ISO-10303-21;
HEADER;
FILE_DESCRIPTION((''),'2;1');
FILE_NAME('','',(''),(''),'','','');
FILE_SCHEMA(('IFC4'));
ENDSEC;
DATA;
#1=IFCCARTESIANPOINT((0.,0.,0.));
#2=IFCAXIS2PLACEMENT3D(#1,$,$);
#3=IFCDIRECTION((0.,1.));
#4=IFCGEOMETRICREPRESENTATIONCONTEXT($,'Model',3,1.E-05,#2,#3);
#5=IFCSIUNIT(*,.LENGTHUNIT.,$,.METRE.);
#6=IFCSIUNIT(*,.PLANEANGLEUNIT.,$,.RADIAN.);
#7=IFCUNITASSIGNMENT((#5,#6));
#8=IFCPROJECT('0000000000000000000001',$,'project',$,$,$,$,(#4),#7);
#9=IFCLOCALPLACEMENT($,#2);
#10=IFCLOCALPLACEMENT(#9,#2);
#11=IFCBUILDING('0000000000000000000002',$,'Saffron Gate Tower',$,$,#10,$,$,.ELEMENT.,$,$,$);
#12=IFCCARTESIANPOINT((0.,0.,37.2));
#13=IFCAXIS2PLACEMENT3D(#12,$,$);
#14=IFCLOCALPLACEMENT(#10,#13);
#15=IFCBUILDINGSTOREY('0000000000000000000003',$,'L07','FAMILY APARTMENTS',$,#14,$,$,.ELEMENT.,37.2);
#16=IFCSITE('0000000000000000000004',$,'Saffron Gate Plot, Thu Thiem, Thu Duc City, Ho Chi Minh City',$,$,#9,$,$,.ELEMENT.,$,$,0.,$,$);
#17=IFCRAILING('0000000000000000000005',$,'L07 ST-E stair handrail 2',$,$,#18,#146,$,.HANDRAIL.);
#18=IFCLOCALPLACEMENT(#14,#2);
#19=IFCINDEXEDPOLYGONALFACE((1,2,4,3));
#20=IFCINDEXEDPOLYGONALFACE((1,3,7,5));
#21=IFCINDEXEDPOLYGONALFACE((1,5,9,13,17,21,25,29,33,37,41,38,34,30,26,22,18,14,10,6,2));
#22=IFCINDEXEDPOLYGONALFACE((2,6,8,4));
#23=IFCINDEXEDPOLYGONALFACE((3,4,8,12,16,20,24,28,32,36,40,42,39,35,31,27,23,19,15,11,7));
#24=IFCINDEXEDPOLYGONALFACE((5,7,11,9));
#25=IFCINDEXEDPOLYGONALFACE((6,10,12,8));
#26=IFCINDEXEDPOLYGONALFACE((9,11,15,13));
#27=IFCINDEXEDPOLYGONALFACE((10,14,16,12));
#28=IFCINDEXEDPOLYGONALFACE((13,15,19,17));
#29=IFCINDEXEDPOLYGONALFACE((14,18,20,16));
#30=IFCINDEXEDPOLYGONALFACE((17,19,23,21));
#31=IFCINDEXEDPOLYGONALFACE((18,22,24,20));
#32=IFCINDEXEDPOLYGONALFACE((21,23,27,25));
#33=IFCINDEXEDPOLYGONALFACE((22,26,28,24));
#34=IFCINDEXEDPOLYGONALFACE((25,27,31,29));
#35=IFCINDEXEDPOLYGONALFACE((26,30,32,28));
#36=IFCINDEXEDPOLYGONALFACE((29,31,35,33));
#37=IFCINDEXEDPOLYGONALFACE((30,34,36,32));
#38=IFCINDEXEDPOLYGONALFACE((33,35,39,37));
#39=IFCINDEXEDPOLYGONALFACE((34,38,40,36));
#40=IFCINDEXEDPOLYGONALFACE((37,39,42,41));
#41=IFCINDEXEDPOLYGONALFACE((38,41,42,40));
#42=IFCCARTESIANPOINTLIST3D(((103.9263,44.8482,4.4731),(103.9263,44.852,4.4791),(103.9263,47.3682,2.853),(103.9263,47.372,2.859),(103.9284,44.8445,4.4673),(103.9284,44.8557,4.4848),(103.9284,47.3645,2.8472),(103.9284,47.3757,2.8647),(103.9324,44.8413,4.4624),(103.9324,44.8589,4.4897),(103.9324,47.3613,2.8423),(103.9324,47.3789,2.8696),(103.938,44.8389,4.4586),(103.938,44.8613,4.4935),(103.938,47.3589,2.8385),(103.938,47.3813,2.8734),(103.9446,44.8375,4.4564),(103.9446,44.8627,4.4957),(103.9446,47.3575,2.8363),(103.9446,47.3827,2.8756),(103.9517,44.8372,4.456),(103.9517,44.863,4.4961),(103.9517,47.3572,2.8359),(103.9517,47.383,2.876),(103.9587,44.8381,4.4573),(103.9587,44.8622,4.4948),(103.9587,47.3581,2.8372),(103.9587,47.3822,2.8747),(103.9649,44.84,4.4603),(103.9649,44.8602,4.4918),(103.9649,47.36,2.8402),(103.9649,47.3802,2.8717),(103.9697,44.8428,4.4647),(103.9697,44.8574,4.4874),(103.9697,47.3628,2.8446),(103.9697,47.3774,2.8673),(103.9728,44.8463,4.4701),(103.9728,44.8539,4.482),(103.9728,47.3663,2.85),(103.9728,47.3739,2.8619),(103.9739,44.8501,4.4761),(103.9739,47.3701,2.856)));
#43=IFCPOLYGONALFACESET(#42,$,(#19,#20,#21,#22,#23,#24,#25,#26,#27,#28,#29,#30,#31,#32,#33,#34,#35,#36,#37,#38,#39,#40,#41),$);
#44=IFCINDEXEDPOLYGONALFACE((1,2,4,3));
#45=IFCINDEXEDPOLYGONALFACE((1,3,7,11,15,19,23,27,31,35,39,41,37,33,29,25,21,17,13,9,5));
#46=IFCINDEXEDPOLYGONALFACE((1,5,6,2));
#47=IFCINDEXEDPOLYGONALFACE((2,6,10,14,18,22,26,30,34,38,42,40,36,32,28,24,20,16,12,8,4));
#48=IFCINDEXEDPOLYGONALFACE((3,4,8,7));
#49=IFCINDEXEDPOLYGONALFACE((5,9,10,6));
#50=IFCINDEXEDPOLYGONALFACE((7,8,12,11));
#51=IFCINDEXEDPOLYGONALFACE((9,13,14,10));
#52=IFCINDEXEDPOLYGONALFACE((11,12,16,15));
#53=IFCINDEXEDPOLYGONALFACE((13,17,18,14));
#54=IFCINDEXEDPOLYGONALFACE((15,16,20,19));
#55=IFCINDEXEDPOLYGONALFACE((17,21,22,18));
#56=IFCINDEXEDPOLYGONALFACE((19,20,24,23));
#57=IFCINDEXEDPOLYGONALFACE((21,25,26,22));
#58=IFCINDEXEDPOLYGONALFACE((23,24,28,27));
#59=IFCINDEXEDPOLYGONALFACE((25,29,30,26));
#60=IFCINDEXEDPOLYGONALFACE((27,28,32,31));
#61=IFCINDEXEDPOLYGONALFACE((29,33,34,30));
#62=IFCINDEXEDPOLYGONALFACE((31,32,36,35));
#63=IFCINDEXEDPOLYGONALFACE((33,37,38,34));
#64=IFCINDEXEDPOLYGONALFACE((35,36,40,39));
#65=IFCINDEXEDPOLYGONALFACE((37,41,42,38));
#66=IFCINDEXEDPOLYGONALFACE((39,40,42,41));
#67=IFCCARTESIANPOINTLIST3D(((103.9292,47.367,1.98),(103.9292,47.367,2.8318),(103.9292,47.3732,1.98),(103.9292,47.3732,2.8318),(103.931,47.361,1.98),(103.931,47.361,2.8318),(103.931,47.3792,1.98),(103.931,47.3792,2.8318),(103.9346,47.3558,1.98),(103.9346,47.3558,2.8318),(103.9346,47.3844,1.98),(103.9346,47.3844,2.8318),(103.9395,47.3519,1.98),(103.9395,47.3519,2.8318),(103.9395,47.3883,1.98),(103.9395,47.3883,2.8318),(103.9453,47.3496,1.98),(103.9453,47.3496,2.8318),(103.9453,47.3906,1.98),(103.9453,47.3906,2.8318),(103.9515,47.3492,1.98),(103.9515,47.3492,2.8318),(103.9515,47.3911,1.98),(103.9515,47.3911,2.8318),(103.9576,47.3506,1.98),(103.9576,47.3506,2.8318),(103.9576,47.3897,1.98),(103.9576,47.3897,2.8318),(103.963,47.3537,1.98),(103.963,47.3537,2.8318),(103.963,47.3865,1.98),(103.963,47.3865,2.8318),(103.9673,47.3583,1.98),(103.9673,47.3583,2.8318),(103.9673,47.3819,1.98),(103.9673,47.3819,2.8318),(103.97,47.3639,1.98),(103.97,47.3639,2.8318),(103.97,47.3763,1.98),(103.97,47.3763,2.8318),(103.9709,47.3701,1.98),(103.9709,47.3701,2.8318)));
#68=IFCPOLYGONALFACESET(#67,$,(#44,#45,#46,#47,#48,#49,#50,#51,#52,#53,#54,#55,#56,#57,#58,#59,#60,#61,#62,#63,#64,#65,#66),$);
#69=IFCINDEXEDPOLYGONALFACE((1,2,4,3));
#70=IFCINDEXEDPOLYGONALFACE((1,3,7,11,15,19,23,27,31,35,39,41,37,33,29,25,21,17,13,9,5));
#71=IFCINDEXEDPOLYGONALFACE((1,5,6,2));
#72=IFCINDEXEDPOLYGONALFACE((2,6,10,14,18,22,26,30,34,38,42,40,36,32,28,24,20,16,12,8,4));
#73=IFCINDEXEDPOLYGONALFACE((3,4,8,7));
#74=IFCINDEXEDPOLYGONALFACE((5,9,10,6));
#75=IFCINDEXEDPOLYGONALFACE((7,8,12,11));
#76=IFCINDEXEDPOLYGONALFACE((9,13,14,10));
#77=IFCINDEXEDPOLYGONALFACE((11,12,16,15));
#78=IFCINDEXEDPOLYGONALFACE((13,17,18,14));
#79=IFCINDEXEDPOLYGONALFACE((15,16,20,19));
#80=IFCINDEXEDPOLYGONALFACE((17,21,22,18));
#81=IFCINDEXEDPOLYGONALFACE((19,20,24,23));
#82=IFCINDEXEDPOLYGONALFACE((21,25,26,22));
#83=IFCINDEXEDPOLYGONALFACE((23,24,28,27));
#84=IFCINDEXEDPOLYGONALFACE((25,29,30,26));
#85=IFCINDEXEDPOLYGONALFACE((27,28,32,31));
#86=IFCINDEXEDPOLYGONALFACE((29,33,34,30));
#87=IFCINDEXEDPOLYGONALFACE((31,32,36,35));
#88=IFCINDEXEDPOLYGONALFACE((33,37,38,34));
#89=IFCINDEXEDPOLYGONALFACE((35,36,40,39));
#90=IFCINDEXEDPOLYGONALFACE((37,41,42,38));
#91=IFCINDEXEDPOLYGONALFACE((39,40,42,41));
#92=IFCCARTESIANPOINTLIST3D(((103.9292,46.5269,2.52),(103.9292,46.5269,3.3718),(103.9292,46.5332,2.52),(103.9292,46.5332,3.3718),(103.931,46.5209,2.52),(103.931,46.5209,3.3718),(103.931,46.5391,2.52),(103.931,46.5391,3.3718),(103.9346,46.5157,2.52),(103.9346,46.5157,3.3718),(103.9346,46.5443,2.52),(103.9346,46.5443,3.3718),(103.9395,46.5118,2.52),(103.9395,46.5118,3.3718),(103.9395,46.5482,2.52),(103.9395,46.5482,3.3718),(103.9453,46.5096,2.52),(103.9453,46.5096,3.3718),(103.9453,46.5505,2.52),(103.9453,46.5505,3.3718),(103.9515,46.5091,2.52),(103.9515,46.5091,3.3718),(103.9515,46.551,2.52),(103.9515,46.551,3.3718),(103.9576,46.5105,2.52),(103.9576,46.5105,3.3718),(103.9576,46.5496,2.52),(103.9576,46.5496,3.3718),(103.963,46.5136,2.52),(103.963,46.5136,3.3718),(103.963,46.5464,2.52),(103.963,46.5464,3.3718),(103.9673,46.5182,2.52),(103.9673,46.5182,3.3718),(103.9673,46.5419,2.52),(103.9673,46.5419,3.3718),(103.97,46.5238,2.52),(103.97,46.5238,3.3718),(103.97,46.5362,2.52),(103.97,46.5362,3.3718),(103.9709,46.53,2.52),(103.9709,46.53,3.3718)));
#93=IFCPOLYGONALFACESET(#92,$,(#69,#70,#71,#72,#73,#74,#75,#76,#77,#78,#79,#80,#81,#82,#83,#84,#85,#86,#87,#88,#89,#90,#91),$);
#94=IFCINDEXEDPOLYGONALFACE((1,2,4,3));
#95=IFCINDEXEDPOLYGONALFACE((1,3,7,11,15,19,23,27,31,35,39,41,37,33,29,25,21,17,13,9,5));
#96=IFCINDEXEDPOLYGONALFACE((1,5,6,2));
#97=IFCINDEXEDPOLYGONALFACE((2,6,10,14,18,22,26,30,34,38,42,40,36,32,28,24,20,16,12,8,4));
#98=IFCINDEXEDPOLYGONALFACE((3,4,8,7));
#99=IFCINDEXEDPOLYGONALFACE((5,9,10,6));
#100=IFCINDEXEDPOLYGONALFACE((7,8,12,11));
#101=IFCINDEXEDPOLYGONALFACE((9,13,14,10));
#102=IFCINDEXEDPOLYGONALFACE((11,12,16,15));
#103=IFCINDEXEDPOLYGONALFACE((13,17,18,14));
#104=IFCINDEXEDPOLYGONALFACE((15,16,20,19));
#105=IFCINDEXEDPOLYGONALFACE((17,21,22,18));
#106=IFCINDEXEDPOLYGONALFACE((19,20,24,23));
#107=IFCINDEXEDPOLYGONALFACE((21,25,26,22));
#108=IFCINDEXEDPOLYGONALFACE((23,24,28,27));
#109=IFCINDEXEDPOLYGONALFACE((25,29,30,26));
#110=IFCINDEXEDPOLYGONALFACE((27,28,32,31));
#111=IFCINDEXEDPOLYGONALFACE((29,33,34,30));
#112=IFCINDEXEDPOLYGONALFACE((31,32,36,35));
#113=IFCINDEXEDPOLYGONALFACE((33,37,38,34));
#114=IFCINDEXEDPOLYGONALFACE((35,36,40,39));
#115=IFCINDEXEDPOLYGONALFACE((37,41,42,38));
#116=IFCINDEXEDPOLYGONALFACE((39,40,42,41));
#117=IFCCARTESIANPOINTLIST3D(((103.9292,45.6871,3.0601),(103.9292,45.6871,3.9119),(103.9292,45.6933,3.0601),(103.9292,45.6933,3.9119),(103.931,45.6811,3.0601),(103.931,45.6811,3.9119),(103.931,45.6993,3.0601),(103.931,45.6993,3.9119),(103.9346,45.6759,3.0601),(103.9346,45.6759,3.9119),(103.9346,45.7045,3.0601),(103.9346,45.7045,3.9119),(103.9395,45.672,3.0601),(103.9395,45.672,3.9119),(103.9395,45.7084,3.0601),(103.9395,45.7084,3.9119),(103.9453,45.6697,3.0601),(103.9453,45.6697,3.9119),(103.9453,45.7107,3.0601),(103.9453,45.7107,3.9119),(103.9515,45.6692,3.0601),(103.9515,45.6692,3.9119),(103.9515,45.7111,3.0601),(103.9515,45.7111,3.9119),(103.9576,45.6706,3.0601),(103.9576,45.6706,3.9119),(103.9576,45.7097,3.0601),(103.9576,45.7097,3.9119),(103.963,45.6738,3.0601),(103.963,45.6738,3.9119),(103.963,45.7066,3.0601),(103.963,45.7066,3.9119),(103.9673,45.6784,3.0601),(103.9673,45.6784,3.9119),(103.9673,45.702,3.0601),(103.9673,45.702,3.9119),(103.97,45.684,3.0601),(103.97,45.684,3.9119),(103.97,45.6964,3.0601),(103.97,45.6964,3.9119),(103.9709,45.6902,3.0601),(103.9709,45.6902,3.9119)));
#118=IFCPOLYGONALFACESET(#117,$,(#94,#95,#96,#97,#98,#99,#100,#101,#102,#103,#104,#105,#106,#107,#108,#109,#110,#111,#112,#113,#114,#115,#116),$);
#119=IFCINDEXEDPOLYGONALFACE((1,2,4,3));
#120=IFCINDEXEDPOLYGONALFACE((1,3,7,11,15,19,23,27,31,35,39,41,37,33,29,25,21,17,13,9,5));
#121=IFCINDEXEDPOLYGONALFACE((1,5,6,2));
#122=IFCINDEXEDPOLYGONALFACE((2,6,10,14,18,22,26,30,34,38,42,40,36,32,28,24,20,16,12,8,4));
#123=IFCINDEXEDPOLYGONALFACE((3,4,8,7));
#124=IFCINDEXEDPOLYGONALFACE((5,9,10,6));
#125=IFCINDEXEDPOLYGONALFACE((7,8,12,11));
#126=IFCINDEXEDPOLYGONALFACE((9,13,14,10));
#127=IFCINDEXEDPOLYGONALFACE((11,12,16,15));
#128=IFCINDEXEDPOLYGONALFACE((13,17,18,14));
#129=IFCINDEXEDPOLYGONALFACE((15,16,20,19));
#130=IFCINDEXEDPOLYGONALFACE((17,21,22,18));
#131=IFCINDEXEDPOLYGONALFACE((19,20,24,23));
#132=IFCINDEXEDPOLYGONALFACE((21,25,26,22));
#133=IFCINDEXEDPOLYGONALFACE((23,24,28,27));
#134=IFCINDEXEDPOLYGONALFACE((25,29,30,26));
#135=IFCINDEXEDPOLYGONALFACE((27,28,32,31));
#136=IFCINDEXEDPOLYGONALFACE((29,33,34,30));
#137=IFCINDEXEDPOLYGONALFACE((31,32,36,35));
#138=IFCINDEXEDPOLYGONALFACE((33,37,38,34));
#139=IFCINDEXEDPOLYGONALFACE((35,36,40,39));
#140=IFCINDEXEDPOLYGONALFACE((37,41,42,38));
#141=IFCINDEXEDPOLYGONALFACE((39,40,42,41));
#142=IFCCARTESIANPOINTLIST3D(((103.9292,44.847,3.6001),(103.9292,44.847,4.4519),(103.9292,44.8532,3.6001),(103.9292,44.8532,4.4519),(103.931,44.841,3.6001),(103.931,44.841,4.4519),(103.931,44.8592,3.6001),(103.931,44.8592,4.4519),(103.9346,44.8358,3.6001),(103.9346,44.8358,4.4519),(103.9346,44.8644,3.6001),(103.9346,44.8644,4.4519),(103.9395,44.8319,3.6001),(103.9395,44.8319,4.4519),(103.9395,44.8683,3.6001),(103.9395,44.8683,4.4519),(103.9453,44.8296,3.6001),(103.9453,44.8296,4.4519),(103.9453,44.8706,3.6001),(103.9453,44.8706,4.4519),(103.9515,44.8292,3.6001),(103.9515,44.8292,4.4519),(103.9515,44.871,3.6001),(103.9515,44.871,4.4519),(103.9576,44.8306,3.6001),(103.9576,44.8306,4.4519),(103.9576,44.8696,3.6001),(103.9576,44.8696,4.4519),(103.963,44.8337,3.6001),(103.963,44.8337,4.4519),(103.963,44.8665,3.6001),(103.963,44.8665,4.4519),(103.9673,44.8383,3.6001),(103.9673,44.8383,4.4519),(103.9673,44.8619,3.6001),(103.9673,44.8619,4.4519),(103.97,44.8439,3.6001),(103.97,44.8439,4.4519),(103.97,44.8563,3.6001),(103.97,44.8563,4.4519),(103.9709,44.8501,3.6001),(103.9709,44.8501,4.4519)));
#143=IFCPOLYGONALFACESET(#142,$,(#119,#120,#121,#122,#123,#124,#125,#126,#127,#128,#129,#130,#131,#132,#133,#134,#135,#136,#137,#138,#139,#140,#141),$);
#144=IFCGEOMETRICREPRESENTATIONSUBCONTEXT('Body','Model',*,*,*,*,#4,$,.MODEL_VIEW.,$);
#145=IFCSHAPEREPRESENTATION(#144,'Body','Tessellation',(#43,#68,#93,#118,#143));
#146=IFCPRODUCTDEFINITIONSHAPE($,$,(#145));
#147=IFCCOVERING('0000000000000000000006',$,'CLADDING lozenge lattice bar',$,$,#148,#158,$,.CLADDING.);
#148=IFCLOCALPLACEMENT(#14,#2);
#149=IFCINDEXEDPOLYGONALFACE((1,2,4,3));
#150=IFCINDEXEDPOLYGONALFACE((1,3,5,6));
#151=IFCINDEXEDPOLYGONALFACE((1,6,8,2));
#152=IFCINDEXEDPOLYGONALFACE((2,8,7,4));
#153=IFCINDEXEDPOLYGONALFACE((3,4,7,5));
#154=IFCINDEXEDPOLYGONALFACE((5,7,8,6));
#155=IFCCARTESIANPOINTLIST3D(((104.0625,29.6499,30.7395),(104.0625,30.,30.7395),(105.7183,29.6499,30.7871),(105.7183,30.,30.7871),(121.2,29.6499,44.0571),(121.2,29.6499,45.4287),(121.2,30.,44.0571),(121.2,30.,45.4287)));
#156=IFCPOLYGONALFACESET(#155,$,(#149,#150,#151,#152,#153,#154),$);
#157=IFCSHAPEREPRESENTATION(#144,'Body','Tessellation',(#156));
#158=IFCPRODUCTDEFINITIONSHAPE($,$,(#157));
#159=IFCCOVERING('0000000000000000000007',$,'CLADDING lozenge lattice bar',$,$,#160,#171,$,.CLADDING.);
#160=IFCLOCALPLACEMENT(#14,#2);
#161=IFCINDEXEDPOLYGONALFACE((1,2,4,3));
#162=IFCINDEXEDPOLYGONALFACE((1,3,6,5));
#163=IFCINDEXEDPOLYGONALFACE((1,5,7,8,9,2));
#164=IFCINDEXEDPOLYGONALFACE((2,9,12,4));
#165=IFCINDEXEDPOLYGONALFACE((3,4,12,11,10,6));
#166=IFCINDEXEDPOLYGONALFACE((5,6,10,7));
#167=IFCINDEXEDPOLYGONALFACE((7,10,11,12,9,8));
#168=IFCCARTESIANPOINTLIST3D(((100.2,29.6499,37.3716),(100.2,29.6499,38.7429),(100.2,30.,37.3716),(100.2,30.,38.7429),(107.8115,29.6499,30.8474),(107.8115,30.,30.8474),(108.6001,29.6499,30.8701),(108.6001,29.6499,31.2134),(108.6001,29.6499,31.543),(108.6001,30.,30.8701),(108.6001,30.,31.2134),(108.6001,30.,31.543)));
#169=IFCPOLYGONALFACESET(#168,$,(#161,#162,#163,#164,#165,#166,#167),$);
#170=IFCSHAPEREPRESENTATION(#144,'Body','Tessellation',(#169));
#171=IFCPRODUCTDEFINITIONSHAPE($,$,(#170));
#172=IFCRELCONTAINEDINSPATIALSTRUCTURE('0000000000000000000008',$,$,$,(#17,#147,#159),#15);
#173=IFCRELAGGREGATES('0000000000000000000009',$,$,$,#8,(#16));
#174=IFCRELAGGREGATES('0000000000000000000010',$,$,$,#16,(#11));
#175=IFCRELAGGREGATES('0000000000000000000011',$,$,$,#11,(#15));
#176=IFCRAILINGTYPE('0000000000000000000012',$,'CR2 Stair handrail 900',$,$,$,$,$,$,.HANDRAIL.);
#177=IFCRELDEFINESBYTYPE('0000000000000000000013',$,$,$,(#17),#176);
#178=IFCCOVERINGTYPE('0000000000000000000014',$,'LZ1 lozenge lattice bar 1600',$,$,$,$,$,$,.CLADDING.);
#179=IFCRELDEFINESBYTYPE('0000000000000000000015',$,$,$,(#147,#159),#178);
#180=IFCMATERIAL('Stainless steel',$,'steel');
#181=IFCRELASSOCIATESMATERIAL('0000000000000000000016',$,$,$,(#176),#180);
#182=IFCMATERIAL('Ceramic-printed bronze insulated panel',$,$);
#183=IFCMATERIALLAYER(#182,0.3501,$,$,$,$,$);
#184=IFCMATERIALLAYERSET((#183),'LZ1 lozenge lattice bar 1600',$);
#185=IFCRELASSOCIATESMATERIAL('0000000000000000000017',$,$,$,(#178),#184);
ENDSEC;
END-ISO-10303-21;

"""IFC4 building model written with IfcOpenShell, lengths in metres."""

from ifc_helpers import new_model, si_unit, direction, frame, origin, origin_2d, place, context, subcontext, project, spatial, polyline, circle, outline, extrude, material, layer, layer_set, type_object, element, save


model = new_model("IFC4")

# Units and contexts
model_context = context("Model", 3, precision=1e-05, world=origin(), true_north=direction((0.0, 1.0)))
body_context = subcontext(model_context, "Body", "Model", "MODEL_VIEW")
ifc_project = project(units=[si_unit("LENGTHUNIT", "METRE"), si_unit("PLANEANGLEUNIT", "RADIAN")], contexts=[model_context])

# Site, building, storey
site_placement = place(None, origin())
site = spatial("IfcSite", under=ifc_project, at=site_placement, Name="Saffron Gate Plot, Thu Thiem, Thu Duc City, Ho Chi Minh City", CompositionType="ELEMENT", RefElevation=0.0)
building_placement = place(site_placement, origin())
building = spatial("IfcBuilding", under=site, at=building_placement, Name="Saffron Gate Tower", CompositionType="ELEMENT")
storey_placement = place(building_placement, frame((0.0, 0.0, 37.2)))
storey = spatial("IfcBuildingStorey", under=building, at=storey_placement, Name="L07", Description="FAMILY APARTMENTS", CompositionType="ELEMENT", Elevation=37.2)

# Railing
ifc_material_1 = material(Name="Stainless steel", Category="steel")
railing_type_1 = type_object("IfcRailingType", Name="CR2 Stair handrail 900", PredefinedType="HANDRAIL", material=ifc_material_1)
railing_1_placement = place(storey_placement, frame((103.95, 47.3701, 1.98)))
element("IfcRailing", 1, at=railing_1_placement, inside=storey, type_object=railing_type_1, Name="L07 ST-E stair handrail 2", PredefinedType="HANDRAIL", context=body_context, shape_type="SweptSolid", body=[
    extrude(circle(Radius=0.0239, at=origin_2d()), frame((0.0, 0.0, 0.876), z_axis=(0.0, -0.841163, 0.540782), x_axis=(1.0, 0.0, 0.0)), (0.0, 0.0, 1.0), 2.9958),
    extrude(circle(Radius=0.021, at=origin_2d()), origin(), (0.0, 0.0, 1.0), 0.8518),
    extrude(circle(Radius=0.021, at=origin_2d()), frame((0.0, -0.8401, 0.54)), (0.0, 0.0, 1.0), 0.8518),
    extrude(circle(Radius=0.021, at=origin_2d()), frame((0.0, -1.6799, 1.0801)), (0.0, 0.0, 1.0), 0.8518),
    extrude(circle(Radius=0.021, at=origin_2d()), frame((0.0, -2.52, 1.6201)), (0.0, 0.0, 1.0), 0.8518),
])

# Coverings
ifc_material_2 = material(Name="Ceramic-printed bronze insulated panel")
ifc_layer_1 = layer(ifc_material_2, 0.3501)
ifc_layer_set_1 = layer_set([ifc_layer_1], Name="LZ1 lozenge lattice bar 1600")
covering_type = type_object("IfcCoveringType", Name="LZ1 lozenge lattice bar 1600", PredefinedType="CLADDING", material=ifc_layer_set_1)
covering_1_placement = place(storey_placement, frame((104.0625, 29.6499, 30.7395), z_axis=(0.0, -1.0, 0.0), x_axis=(0.999587, 0.0, 0.028741)))
element("IfcCovering", 2, at=covering_1_placement, inside=storey, type_object=covering_type, Name="CLADDING lozenge lattice bar", PredefinedType="CLADDING", context=body_context, shape_type="SweptSolid", body=[
    extrude(outline(polyline([(0.0, 0.0), (1.6564, 0.0), (17.5131, 12.8196), (17.5525, 14.1906), (0.0, 0.0)])), origin(), (0.0, 0.0, -1.0), 0.3501),
])
covering_2_placement = place(storey_placement, frame((107.8115, 29.6499, 30.8474), z_axis=(0.0, -1.0, 0.0), x_axis=(0.999586, 0.0, 0.028781)))
element("IfcCovering", 3, at=covering_2_placement, inside=storey, type_object=covering_type, Name="CLADDING lozenge lattice bar", PredefinedType="CLADDING", context=body_context, shape_type="SweptSolid", body=[
    extrude(outline(polyline([(0.0, 0.0), (0.7889, 0.0), (0.7988, 0.3431), (0.8083, 0.6726), (-7.3812, 8.1113), (-7.4206, 6.7405), (0.0, 0.0)])), origin(), (0.0, 0.0, -1.0), 0.3501),
])

save(model, "model.ifc")
